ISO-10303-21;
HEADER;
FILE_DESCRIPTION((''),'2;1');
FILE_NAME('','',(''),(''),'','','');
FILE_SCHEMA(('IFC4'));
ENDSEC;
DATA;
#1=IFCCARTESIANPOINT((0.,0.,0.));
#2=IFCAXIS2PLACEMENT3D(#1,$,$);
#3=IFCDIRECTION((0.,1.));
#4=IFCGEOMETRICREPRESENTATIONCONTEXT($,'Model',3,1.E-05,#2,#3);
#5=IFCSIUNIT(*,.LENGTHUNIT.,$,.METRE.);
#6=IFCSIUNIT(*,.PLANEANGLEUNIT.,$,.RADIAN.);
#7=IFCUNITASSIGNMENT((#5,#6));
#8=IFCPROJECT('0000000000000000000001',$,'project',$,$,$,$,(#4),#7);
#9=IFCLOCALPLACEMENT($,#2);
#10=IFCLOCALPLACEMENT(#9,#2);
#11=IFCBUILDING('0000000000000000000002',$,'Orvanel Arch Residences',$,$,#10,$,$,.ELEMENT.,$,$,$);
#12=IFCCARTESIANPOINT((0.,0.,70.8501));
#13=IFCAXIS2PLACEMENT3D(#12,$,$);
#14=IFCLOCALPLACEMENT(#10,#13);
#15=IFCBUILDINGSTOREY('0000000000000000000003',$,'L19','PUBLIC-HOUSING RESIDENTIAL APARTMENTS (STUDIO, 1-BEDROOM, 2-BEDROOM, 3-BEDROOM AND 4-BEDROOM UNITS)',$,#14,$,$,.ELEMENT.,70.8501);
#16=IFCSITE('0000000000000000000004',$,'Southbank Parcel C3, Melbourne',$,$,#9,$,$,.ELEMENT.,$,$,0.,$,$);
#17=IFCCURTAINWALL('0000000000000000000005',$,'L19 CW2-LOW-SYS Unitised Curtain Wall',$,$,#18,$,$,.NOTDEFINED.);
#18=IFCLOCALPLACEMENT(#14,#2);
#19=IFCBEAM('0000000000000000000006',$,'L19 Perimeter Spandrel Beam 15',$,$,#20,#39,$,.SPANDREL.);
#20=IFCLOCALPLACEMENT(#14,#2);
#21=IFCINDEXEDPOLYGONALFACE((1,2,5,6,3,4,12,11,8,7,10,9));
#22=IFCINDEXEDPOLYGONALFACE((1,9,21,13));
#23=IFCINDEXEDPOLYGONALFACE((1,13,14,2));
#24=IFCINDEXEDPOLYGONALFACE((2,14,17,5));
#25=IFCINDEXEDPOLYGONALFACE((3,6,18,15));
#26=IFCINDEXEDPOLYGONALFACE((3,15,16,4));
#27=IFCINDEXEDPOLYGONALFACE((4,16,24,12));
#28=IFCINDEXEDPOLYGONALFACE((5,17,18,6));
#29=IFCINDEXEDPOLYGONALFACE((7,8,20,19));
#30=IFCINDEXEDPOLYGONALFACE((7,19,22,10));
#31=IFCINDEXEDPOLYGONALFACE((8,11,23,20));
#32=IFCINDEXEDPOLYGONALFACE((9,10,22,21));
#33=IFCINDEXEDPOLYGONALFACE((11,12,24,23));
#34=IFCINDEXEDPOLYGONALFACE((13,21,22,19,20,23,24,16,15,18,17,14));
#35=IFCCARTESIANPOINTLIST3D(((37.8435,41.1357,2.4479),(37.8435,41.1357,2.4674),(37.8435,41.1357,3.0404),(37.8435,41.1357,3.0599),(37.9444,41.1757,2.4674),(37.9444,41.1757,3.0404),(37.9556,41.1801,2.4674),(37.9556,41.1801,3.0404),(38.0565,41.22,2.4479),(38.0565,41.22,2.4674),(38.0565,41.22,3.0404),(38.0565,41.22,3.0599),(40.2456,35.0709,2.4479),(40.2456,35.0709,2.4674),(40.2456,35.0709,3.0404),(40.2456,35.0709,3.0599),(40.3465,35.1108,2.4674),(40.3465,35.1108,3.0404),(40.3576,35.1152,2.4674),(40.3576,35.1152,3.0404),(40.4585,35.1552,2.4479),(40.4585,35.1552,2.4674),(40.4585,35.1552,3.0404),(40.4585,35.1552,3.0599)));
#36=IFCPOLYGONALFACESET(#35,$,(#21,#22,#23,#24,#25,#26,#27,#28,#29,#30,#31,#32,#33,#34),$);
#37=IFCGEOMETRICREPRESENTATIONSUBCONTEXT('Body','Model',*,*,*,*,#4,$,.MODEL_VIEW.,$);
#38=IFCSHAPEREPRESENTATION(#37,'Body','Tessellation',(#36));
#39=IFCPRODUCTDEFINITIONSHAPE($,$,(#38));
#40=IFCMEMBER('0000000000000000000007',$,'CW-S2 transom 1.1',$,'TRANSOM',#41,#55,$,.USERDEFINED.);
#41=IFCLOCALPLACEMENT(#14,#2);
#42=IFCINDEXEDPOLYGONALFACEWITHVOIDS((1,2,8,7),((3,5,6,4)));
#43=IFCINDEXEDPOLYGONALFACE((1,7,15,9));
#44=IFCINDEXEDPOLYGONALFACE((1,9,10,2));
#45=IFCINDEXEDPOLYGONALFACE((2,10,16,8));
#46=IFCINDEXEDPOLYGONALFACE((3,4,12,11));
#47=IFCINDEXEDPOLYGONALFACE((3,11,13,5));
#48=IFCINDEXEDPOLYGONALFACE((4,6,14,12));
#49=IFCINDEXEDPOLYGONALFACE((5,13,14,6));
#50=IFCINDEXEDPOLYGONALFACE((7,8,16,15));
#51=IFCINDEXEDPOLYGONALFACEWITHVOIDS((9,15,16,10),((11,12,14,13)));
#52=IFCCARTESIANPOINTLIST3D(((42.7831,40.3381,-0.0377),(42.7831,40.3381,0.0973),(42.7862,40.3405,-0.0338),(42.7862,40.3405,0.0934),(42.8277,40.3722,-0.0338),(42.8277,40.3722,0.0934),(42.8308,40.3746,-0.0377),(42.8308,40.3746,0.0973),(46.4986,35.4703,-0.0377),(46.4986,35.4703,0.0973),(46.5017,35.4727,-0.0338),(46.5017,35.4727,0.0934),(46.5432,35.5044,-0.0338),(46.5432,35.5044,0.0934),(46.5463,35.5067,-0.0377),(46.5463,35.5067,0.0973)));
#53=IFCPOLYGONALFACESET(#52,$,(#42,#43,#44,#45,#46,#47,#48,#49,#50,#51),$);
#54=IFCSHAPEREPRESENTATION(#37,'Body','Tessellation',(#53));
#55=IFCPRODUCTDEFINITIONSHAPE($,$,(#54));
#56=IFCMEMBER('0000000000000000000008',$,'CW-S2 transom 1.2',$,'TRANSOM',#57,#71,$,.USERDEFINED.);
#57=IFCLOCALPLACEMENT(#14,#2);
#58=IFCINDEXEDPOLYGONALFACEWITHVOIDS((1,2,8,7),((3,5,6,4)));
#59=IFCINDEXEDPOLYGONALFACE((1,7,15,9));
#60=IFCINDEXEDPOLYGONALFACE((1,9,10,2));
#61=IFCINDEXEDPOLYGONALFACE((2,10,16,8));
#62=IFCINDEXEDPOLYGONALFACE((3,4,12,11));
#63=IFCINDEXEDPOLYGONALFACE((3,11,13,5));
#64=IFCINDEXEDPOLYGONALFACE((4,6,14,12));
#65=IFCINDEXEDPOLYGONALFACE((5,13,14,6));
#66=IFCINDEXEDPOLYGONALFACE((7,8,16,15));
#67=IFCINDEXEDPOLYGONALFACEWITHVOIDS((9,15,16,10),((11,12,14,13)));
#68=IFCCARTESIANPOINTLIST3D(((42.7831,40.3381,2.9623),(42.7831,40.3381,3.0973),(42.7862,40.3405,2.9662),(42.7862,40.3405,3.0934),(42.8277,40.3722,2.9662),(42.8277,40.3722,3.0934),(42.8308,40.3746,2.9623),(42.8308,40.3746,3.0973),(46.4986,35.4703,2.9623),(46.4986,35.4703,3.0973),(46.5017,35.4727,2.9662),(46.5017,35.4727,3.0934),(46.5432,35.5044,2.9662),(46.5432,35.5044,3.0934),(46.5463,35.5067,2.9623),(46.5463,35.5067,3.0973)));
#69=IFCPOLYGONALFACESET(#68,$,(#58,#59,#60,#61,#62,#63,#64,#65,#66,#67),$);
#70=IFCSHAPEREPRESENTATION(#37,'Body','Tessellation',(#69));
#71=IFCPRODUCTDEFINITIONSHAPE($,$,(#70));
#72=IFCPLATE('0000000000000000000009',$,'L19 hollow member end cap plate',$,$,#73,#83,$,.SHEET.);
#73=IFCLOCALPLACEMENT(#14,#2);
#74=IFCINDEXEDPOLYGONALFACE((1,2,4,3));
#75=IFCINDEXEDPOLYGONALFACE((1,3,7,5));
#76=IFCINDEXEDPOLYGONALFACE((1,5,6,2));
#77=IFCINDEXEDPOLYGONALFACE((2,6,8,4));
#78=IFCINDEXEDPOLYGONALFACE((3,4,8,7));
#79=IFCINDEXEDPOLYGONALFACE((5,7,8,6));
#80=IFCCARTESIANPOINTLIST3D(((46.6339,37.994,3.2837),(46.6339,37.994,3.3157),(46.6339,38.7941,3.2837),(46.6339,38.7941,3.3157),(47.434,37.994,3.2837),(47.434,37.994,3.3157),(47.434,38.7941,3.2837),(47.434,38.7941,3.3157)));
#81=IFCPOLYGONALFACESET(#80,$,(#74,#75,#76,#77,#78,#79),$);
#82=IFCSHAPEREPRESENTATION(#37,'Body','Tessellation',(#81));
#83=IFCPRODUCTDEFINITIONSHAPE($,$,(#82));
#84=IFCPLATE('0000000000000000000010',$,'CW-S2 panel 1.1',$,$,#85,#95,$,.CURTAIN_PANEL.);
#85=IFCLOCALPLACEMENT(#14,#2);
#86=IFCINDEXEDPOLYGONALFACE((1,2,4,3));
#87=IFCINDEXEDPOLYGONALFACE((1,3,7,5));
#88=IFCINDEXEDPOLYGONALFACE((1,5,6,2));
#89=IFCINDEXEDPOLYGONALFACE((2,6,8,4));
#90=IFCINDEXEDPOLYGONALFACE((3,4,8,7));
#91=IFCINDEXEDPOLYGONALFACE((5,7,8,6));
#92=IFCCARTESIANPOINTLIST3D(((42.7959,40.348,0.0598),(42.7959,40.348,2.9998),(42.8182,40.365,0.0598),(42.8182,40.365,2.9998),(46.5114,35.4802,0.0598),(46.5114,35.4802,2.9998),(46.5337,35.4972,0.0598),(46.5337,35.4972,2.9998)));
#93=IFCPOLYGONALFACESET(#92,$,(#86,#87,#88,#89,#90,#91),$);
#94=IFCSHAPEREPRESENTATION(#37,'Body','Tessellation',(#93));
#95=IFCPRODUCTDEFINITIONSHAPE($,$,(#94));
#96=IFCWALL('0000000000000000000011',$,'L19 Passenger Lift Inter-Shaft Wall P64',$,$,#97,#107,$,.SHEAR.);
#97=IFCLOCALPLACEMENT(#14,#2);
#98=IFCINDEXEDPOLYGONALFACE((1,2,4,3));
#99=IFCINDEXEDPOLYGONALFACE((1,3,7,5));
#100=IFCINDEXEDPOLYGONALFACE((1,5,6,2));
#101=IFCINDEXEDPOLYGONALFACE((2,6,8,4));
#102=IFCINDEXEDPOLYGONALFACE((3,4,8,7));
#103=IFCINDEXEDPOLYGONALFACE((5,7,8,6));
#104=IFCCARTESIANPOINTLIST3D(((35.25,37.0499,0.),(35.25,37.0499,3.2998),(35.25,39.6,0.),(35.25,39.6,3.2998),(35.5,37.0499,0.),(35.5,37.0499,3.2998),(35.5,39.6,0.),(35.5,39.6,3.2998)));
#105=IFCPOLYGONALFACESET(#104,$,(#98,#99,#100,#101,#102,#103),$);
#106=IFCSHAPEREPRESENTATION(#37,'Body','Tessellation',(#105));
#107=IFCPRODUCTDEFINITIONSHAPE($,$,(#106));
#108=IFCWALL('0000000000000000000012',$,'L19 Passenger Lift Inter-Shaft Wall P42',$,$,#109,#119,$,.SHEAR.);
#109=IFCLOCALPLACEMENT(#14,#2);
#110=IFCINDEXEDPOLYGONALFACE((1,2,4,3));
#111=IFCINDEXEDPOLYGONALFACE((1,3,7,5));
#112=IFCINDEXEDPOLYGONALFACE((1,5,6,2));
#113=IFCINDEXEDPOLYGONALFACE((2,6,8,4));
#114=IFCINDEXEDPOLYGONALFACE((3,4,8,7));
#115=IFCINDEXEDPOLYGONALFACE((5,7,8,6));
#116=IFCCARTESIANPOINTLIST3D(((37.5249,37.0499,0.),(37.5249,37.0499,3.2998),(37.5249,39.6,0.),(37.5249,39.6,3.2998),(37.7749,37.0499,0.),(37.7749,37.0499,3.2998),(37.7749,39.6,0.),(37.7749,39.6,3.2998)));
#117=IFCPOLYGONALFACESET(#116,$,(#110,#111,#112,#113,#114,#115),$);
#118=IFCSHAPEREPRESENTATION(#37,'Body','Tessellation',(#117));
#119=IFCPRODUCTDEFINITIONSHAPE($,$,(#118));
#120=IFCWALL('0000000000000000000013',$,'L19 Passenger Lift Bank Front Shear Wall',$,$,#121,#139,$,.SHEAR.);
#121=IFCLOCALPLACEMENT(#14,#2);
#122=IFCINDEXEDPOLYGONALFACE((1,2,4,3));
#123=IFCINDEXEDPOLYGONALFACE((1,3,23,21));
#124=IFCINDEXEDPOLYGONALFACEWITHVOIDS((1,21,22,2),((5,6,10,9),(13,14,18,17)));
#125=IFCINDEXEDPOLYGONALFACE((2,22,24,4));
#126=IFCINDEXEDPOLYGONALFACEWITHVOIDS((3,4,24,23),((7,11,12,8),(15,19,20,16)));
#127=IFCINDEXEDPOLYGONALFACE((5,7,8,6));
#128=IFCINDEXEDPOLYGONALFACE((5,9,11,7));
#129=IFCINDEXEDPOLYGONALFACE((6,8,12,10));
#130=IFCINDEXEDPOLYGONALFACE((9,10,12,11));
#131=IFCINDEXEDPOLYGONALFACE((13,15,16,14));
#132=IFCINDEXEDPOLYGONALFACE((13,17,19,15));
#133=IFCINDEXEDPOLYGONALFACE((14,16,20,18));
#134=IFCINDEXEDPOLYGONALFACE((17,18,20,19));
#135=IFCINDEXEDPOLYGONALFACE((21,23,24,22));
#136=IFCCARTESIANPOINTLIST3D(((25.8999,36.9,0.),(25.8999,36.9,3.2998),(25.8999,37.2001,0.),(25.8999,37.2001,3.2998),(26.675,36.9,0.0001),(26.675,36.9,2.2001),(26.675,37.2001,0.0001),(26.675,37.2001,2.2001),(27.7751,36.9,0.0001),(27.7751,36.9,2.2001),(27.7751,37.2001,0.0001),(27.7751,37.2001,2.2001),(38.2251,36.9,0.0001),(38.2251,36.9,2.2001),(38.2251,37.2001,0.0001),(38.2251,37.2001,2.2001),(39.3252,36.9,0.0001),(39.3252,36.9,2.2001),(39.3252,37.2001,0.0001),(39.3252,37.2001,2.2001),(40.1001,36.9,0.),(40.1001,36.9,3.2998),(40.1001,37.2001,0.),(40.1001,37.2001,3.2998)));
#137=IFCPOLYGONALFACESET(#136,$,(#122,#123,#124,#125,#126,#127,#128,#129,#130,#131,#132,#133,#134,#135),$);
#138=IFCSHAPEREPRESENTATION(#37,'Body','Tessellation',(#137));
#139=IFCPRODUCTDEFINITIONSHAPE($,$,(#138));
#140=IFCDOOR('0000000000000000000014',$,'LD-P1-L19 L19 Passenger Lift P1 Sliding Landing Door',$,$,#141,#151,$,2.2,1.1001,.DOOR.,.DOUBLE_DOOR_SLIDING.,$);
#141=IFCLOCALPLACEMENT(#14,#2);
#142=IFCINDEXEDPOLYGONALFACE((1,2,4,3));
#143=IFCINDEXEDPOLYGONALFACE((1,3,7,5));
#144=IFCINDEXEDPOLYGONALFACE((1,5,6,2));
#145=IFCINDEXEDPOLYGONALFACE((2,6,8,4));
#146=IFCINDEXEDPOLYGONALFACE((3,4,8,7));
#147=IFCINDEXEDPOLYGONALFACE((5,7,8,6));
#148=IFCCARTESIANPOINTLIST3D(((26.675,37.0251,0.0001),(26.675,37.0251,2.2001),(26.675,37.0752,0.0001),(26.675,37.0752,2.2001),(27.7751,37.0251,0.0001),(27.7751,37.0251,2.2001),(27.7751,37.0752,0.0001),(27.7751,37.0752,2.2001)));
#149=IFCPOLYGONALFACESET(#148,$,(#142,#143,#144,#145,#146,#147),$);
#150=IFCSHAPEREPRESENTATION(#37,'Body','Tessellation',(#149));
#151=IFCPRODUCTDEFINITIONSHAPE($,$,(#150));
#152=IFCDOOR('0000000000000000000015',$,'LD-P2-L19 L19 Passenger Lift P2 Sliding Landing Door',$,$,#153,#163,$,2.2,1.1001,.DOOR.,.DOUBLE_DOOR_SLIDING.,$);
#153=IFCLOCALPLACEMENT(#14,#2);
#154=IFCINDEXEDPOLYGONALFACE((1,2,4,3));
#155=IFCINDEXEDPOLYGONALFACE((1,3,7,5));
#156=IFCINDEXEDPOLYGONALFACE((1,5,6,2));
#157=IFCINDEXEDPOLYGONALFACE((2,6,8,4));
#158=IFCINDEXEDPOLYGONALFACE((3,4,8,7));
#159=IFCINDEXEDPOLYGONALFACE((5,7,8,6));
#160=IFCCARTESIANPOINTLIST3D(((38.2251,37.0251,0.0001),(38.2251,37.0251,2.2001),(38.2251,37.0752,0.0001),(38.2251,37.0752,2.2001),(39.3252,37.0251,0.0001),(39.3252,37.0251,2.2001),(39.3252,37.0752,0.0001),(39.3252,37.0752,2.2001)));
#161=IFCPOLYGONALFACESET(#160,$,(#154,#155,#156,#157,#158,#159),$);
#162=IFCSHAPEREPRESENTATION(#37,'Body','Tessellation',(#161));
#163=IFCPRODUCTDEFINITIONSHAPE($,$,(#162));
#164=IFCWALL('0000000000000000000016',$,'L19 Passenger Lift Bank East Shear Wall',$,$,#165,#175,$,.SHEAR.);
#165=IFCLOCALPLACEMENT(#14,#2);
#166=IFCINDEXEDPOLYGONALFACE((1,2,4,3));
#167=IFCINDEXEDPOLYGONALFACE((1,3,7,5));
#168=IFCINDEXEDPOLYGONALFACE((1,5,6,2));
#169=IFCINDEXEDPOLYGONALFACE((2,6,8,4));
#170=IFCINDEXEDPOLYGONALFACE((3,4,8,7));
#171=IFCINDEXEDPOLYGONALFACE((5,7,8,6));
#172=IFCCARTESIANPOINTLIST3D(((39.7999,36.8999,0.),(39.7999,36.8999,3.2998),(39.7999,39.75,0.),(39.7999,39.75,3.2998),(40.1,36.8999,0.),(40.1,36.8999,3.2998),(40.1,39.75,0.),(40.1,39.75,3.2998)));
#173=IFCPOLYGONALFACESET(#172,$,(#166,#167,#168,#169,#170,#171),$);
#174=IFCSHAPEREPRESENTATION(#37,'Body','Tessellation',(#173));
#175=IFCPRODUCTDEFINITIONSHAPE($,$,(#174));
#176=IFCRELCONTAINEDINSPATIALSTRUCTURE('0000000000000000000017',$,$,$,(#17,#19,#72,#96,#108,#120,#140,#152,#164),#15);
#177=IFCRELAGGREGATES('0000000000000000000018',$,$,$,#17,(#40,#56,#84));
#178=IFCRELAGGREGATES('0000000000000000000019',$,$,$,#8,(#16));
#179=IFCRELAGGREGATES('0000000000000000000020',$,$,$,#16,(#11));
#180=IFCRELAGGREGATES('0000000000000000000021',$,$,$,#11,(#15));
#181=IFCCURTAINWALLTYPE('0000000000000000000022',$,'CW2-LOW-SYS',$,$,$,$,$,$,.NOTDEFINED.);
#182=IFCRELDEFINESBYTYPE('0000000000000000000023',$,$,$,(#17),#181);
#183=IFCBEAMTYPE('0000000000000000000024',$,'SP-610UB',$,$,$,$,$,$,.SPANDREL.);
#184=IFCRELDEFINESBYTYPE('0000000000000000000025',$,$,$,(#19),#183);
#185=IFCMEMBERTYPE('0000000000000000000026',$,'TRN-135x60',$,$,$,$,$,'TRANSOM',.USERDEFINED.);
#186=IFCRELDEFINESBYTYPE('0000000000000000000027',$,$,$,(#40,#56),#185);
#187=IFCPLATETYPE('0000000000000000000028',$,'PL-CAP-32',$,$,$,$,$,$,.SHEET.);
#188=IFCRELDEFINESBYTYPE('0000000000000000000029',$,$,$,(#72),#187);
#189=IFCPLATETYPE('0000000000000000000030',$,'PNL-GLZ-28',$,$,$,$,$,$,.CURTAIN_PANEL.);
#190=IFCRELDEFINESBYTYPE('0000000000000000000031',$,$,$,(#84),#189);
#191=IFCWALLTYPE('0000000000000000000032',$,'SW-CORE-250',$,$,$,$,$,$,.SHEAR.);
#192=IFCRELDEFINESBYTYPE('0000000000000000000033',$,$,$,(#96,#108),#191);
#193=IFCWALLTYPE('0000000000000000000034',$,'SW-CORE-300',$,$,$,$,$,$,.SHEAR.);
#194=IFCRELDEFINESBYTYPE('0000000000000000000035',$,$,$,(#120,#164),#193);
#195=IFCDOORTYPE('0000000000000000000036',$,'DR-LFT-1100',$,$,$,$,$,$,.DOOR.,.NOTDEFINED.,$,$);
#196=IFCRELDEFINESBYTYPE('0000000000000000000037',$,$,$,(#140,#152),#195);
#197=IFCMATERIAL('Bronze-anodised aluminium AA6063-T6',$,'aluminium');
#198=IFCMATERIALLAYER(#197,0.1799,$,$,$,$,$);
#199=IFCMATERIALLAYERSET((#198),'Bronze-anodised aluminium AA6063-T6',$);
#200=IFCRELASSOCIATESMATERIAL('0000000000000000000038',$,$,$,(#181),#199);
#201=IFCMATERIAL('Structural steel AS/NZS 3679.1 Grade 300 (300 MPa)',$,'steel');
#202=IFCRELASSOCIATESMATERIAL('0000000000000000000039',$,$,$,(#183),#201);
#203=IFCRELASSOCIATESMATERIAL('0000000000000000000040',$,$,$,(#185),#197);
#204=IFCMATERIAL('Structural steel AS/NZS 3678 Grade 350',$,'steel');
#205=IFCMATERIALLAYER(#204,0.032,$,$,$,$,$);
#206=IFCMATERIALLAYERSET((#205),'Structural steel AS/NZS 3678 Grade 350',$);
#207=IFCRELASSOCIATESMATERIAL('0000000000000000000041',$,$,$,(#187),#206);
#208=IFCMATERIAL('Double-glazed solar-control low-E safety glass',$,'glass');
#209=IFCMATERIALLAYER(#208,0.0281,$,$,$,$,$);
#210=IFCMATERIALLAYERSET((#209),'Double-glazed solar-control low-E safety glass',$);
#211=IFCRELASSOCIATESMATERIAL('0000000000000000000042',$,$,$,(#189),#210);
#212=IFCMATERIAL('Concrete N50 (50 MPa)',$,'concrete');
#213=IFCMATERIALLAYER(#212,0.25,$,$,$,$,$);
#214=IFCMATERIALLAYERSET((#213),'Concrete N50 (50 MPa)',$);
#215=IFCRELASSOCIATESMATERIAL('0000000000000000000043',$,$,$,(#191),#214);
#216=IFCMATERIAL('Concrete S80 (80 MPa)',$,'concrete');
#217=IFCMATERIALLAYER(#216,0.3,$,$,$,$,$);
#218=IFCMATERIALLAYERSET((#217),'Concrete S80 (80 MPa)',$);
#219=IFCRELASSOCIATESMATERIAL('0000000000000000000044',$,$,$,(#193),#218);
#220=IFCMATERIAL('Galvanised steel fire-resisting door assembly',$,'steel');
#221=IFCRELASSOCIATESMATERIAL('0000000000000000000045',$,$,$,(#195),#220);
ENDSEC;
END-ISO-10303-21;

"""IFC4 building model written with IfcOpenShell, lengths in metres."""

from ifc_helpers import new_model, si_unit, direction, frame, frame_2d, origin, origin_2d, place, context, subcontext, project, spatial, rectangle, hollow_rectangle, i_section, extrude, material, layer, layer_set, material_profile, profile_set, type_object, element, fill, aggregate, save


model = new_model("IFC4")

# Units and contexts
model_context = context("Model", 3, precision=1e-05, world=origin(), true_north=direction((0.0, 1.0)))
body_context = subcontext(model_context, "Body", "Model", "MODEL_VIEW")
ifc_project = project(units=[si_unit("LENGTHUNIT", "METRE"), si_unit("PLANEANGLEUNIT", "RADIAN")], contexts=[model_context])

# Site, building, storey
site_placement = place(None, origin())
site = spatial("IfcSite", under=ifc_project, at=site_placement, Name="Southbank Parcel C3, Melbourne", CompositionType="ELEMENT", RefElevation=0.0)
building_placement = place(site_placement, origin())
building = spatial("IfcBuilding", under=site, at=building_placement, Name="Orvanel Arch Residences", CompositionType="ELEMENT")
storey_placement = place(building_placement, frame((0.0, 0.0, 70.8501)))
storey = spatial("IfcBuildingStorey", under=building, at=storey_placement, Name="L19", Description="PUBLIC-HOUSING RESIDENTIAL APARTMENTS (STUDIO, 1-BEDROOM, 2-BEDROOM, 3-BEDROOM AND 4-BEDROOM UNITS)", CompositionType="ELEMENT", Elevation=70.8501)

# Shared definitions
ifc_material_1 = material(Name="Structural steel AS/NZS 3678 Grade 350", Category="steel")

# Shared definitions
ifc_material_2 = material(Name="Structural steel AS/NZS 3679.1 Grade 300 (300 MPa)", Category="steel")

# Curtain wall
ifc_material_3 = material(Name="Bronze-anodised aluminium AA6063-T6", Category="aluminium")
ifc_layer_1 = layer(ifc_material_3, 0.1799)
ifc_layer_set_1 = layer_set([ifc_layer_1], Name="Bronze-anodised aluminium AA6063-T6")
curtain_wall_type = type_object("IfcCurtainWallType", Name="CW2-LOW-SYS", PredefinedType="NOTDEFINED", material=ifc_layer_set_1)
curtain_wall_placement = place(storey_placement, origin())
curtain_wall = element("IfcCurtainWall", 1, at=curtain_wall_placement, inside=storey, type_object=curtain_wall_type, Name="L19 CW2-LOW-SYS Unitised Curtain Wall", PredefinedType="NOTDEFINED")

# Beam
ifc_material_profile_1 = material_profile(ifc_material_2, i_section(OverallWidth=0.229, OverallDepth=0.6121, WebThickness=0.012, FlangeThickness=0.0195, at=origin_2d()), Name="610UB125")
ifc_profile_set_1 = profile_set([ifc_material_profile_1], Name="Structural steel AS/NZS 3679.1 Grade 300 (300 MPa)")
beam_type_1 = type_object("IfcBeamType", Name="SP-610UB", PredefinedType="SPANDREL", material=ifc_profile_set_1)
beam_1_placement = place(storey_placement, frame((40.3521, 35.113, 2.7539), z_axis=(-0.368233, 0.929733, 0.0), x_axis=(-0.929733, -0.368233, 0.0)))
element("IfcBeam", 2, at=beam_1_placement, inside=storey, type_object=beam_type_1, Name="L19 Perimeter Spandrel Beam 15", PredefinedType="SPANDREL", context=body_context, shape_type="SweptSolid", body=[
    extrude(i_section(OverallWidth=0.229, OverallDepth=0.6121, WebThickness=0.012, FlangeThickness=0.0195, at=origin_2d()), origin(), (0.0, 0.0, 1.0), 6.5232),
])

# Members
ifc_material_profile_2 = material_profile(ifc_material_3, hollow_rectangle(XDim=0.0601, YDim=0.135, WallThickness=0.0039, at=origin_2d()), Name="ALU135x60x4")
ifc_profile_set_2 = profile_set([ifc_material_profile_2], Name="Bronze-anodised aluminium AA6063-T6")
member_type_1 = type_object("IfcMemberType", Name="TRN-135x60", ElementType="TRANSOM", PredefinedType="USERDEFINED", material=ifc_profile_set_2)
member_1_placement = place(storey_placement, frame((46.5225, 35.4885, 0.0298), z_axis=(-0.606734, 0.794905, 0.0), x_axis=(-0.794905, -0.606734, 0.0)))
member_1 = element("IfcMember", 3, at=member_1_placement, type_object=member_type_1, Name="CW-S2 transom 1.1", ObjectType="TRANSOM", PredefinedType="USERDEFINED", context=body_context, shape_type="SweptSolid", body=[
    extrude(hollow_rectangle(XDim=0.0601, YDim=0.135, WallThickness=0.0039, at=origin_2d()), origin(), (0.0, 0.0, 1.0), 6.1238),
])
member_2_placement = place(storey_placement, frame((46.5225, 35.4885, 3.0298), z_axis=(-0.606734, 0.794905, 0.0), x_axis=(-0.794905, -0.606734, 0.0)))
member_2 = element("IfcMember", 4, at=member_2_placement, type_object=member_type_1, Name="CW-S2 transom 1.2", ObjectType="TRANSOM", PredefinedType="USERDEFINED", context=body_context, shape_type="SweptSolid", body=[
    extrude(hollow_rectangle(XDim=0.0601, YDim=0.135, WallThickness=0.0039, at=origin_2d()), origin(), (0.0, 0.0, 1.0), 6.1238),
])

# Plates
ifc_layer_2 = layer(ifc_material_1, 0.032)
ifc_layer_set_2 = layer_set([ifc_layer_2], Name="Structural steel AS/NZS 3678 Grade 350")
plate_type_1 = type_object("IfcPlateType", Name="PL-CAP-32", PredefinedType="SHEET", material=ifc_layer_set_2)
plate_1_placement = place(storey_placement, frame((47.0339, 38.394, 3.2837), z_axis=(0.0, 0.0, 1.0), x_axis=(1.0, 0.0, 0.0)))
element("IfcPlate", 5, at=plate_1_placement, inside=storey, type_object=plate_type_1, Name="L19 hollow member end cap plate", PredefinedType="SHEET", context=body_context, shape_type="SweptSolid", body=[
    extrude(rectangle(XDim=0.8, YDim=0.8, at=origin_2d()), origin(), (0.0, 0.0, 1.0), 0.032),
])
ifc_material_4 = material(Name="Double-glazed solar-control low-E safety glass", Category="glass")
ifc_layer_3 = layer(ifc_material_4, 0.0281)
ifc_layer_set_3 = layer_set([ifc_layer_3], Name="Double-glazed solar-control low-E safety glass")
plate_type_2 = type_object("IfcPlateType", Name="PNL-GLZ-28", PredefinedType="CURTAIN_PANEL", material=ifc_layer_set_3)
plate_2_placement = place(storey_placement, frame((44.6648, 37.9226, 0.0598), z_axis=(0.0, 0.0, 1.0), x_axis=(-0.606743, 0.794898, 0.0)))
plate_2 = element("IfcPlate", 6, at=plate_2_placement, type_object=plate_type_2, Name="CW-S2 panel 1.1", PredefinedType="CURTAIN_PANEL", context=body_context, shape_type="SweptSolid", body=[
    extrude(rectangle(XDim=6.1238, YDim=0.0281, at=origin_2d()), origin(), (0.0, 0.0, 1.0), 2.9399),
])
aggregate(curtain_wall, [member_1, member_2, plate_2])

# Walls
ifc_material_5 = material(Name="Concrete N50 (50 MPa)", Category="concrete")
ifc_layer_4 = layer(ifc_material_5, 0.25)
ifc_layer_set_4 = layer_set([ifc_layer_4], Name="Concrete N50 (50 MPa)")
wall_type_1 = type_object("IfcWallType", Name="SW-CORE-250", PredefinedType="SHEAR", material=ifc_layer_set_4)
for number, where, z_axis, x_axis, name in (
    (7, (35.375, 37.05, 0.0), (0.0, 0.0, 1.0), (0.0, 1.0, 0.0), "L19 Passenger Lift Inter-Shaft Wall P64"),
    (8, (37.6499, 37.05, 0.0), (0.0, 0.0, 1.0), (0.0, 1.0, 0.0), "L19 Passenger Lift Inter-Shaft Wall P42"),
):
    element("IfcWall", number, at=place(storey_placement, frame(where, z_axis=z_axis, x_axis=x_axis)), inside=storey, type_object=wall_type_1, Name=name, PredefinedType="SHEAR", context=body_context, shape_type="SweptSolid", body=[
        extrude(rectangle(XDim=2.55, YDim=0.25, at=frame_2d((1.2749, 0.0))), origin(), (0.0, 0.0, 1.0), 3.2998),
    ])

# Wall, openings, doors
ifc_material_6 = material(Name="Concrete S80 (80 MPa)", Category="concrete")
ifc_layer_5 = layer(ifc_material_6, 0.3)
ifc_layer_set_5 = layer_set([ifc_layer_5], Name="Concrete S80 (80 MPa)")
wall_type_2 = type_object("IfcWallType", Name="SW-CORE-300", PredefinedType="SHEAR", material=ifc_layer_set_5)
wall_1_placement = place(storey_placement, frame((40.1001, 37.05, 0.0), z_axis=(0.0, 0.0, 1.0), x_axis=(-1.0, 0.0, 0.0)))
wall_1 = element("IfcWall", 9, at=wall_1_placement, inside=storey, type_object=wall_type_2, Name="L19 Passenger Lift Bank Front Shear Wall", PredefinedType="SHEAR", context=body_context, shape_type="SweptSolid", body=[
    extrude(rectangle(XDim=14.2002, YDim=0.3, at=frame_2d((7.1001, 0.0))), origin(), (0.0, 0.0, 1.0), 3.2998),
])
opening_1_placement = place(wall_1_placement, frame((12.325, 0.0, 0.0)))
opening_1 = element("IfcOpeningElement", 10, at=opening_1_placement, cuts=wall_1, PredefinedType="OPENING", context=body_context, shape_type="SweptSolid", body=[
    extrude(rectangle(XDim=1.1001, YDim=2.2, at=frame_2d((0.55, 1.1001))), frame((0.0, 0.1599, 0.0), z_axis=(0.0, -1.0, 0.0), x_axis=(1.0, 0.0, 0.0)), (0.0, 0.0, 1.0), 0.3201),
])
opening_2_placement = place(wall_1_placement, frame((0.7749, 0.0, 0.0)))
opening_2 = element("IfcOpeningElement", 11, at=opening_2_placement, cuts=wall_1, PredefinedType="OPENING", context=body_context, shape_type="SweptSolid", body=[
    extrude(rectangle(XDim=1.1001, YDim=2.2, at=frame_2d((0.55, 1.1001))), frame((0.0, 0.1599, 0.0), z_axis=(0.0, -1.0, 0.0), x_axis=(1.0, 0.0, 0.0)), (0.0, 0.0, 1.0), 0.3201),
])
ifc_material_7 = material(Name="Galvanised steel fire-resisting door assembly", Category="steel")
door_type_1 = type_object("IfcDoorType", Name="DR-LFT-1100", OperationType="NOTDEFINED", PredefinedType="DOOR", material=ifc_material_7)
door_1_placement = place(opening_1_placement, origin())
door_1 = element("IfcDoor", 12, at=door_1_placement, inside=storey, type_object=door_type_1, Name="LD-P1-L19 L19 Passenger Lift P1 Sliding Landing Door", OperationType="DOUBLE_DOOR_SLIDING", OverallHeight=2.2, OverallWidth=1.1001, PredefinedType="DOOR", context=body_context, shape_type="SweptSolid", body=[
    extrude(rectangle(XDim=1.1001, YDim=2.2, at=frame_2d((0.55, 1.1001))), frame((0.0, 0.0249, 0.0), z_axis=(0.0, -1.0, 0.0), x_axis=(1.0, 0.0, 0.0)), (0.0, 0.0, 1.0), 0.05),
])
fill(opening_1, door_1)
door_2_placement = place(opening_2_placement, origin())
door_2 = element("IfcDoor", 13, at=door_2_placement, inside=storey, type_object=door_type_1, Name="LD-P2-L19 L19 Passenger Lift P2 Sliding Landing Door", OperationType="DOUBLE_DOOR_SLIDING", OverallHeight=2.2, OverallWidth=1.1001, PredefinedType="DOOR", context=body_context, shape_type="SweptSolid", body=[
    extrude(rectangle(XDim=1.1001, YDim=2.2, at=frame_2d((0.55, 1.1001))), frame((0.0, 0.0249, 0.0), z_axis=(0.0, -1.0, 0.0), x_axis=(1.0, 0.0, 0.0)), (0.0, 0.0, 1.0), 0.05),
])
fill(opening_2, door_2)

# Wall
wall_2_placement = place(storey_placement, frame((39.95, 36.8999, 0.0), z_axis=(0.0, 0.0, 1.0), x_axis=(0.0, 1.0, 0.0)))
element("IfcWall", 14, at=wall_2_placement, inside=storey, type_object=wall_type_2, Name="L19 Passenger Lift Bank East Shear Wall", PredefinedType="SHEAR", context=body_context, shape_type="SweptSolid", body=[
    extrude(rectangle(XDim=2.8501, YDim=0.3, at=frame_2d((1.425, 0.0))), origin(), (0.0, 0.0, 1.0), 3.2998),
])

save(model, "model.ifc")
